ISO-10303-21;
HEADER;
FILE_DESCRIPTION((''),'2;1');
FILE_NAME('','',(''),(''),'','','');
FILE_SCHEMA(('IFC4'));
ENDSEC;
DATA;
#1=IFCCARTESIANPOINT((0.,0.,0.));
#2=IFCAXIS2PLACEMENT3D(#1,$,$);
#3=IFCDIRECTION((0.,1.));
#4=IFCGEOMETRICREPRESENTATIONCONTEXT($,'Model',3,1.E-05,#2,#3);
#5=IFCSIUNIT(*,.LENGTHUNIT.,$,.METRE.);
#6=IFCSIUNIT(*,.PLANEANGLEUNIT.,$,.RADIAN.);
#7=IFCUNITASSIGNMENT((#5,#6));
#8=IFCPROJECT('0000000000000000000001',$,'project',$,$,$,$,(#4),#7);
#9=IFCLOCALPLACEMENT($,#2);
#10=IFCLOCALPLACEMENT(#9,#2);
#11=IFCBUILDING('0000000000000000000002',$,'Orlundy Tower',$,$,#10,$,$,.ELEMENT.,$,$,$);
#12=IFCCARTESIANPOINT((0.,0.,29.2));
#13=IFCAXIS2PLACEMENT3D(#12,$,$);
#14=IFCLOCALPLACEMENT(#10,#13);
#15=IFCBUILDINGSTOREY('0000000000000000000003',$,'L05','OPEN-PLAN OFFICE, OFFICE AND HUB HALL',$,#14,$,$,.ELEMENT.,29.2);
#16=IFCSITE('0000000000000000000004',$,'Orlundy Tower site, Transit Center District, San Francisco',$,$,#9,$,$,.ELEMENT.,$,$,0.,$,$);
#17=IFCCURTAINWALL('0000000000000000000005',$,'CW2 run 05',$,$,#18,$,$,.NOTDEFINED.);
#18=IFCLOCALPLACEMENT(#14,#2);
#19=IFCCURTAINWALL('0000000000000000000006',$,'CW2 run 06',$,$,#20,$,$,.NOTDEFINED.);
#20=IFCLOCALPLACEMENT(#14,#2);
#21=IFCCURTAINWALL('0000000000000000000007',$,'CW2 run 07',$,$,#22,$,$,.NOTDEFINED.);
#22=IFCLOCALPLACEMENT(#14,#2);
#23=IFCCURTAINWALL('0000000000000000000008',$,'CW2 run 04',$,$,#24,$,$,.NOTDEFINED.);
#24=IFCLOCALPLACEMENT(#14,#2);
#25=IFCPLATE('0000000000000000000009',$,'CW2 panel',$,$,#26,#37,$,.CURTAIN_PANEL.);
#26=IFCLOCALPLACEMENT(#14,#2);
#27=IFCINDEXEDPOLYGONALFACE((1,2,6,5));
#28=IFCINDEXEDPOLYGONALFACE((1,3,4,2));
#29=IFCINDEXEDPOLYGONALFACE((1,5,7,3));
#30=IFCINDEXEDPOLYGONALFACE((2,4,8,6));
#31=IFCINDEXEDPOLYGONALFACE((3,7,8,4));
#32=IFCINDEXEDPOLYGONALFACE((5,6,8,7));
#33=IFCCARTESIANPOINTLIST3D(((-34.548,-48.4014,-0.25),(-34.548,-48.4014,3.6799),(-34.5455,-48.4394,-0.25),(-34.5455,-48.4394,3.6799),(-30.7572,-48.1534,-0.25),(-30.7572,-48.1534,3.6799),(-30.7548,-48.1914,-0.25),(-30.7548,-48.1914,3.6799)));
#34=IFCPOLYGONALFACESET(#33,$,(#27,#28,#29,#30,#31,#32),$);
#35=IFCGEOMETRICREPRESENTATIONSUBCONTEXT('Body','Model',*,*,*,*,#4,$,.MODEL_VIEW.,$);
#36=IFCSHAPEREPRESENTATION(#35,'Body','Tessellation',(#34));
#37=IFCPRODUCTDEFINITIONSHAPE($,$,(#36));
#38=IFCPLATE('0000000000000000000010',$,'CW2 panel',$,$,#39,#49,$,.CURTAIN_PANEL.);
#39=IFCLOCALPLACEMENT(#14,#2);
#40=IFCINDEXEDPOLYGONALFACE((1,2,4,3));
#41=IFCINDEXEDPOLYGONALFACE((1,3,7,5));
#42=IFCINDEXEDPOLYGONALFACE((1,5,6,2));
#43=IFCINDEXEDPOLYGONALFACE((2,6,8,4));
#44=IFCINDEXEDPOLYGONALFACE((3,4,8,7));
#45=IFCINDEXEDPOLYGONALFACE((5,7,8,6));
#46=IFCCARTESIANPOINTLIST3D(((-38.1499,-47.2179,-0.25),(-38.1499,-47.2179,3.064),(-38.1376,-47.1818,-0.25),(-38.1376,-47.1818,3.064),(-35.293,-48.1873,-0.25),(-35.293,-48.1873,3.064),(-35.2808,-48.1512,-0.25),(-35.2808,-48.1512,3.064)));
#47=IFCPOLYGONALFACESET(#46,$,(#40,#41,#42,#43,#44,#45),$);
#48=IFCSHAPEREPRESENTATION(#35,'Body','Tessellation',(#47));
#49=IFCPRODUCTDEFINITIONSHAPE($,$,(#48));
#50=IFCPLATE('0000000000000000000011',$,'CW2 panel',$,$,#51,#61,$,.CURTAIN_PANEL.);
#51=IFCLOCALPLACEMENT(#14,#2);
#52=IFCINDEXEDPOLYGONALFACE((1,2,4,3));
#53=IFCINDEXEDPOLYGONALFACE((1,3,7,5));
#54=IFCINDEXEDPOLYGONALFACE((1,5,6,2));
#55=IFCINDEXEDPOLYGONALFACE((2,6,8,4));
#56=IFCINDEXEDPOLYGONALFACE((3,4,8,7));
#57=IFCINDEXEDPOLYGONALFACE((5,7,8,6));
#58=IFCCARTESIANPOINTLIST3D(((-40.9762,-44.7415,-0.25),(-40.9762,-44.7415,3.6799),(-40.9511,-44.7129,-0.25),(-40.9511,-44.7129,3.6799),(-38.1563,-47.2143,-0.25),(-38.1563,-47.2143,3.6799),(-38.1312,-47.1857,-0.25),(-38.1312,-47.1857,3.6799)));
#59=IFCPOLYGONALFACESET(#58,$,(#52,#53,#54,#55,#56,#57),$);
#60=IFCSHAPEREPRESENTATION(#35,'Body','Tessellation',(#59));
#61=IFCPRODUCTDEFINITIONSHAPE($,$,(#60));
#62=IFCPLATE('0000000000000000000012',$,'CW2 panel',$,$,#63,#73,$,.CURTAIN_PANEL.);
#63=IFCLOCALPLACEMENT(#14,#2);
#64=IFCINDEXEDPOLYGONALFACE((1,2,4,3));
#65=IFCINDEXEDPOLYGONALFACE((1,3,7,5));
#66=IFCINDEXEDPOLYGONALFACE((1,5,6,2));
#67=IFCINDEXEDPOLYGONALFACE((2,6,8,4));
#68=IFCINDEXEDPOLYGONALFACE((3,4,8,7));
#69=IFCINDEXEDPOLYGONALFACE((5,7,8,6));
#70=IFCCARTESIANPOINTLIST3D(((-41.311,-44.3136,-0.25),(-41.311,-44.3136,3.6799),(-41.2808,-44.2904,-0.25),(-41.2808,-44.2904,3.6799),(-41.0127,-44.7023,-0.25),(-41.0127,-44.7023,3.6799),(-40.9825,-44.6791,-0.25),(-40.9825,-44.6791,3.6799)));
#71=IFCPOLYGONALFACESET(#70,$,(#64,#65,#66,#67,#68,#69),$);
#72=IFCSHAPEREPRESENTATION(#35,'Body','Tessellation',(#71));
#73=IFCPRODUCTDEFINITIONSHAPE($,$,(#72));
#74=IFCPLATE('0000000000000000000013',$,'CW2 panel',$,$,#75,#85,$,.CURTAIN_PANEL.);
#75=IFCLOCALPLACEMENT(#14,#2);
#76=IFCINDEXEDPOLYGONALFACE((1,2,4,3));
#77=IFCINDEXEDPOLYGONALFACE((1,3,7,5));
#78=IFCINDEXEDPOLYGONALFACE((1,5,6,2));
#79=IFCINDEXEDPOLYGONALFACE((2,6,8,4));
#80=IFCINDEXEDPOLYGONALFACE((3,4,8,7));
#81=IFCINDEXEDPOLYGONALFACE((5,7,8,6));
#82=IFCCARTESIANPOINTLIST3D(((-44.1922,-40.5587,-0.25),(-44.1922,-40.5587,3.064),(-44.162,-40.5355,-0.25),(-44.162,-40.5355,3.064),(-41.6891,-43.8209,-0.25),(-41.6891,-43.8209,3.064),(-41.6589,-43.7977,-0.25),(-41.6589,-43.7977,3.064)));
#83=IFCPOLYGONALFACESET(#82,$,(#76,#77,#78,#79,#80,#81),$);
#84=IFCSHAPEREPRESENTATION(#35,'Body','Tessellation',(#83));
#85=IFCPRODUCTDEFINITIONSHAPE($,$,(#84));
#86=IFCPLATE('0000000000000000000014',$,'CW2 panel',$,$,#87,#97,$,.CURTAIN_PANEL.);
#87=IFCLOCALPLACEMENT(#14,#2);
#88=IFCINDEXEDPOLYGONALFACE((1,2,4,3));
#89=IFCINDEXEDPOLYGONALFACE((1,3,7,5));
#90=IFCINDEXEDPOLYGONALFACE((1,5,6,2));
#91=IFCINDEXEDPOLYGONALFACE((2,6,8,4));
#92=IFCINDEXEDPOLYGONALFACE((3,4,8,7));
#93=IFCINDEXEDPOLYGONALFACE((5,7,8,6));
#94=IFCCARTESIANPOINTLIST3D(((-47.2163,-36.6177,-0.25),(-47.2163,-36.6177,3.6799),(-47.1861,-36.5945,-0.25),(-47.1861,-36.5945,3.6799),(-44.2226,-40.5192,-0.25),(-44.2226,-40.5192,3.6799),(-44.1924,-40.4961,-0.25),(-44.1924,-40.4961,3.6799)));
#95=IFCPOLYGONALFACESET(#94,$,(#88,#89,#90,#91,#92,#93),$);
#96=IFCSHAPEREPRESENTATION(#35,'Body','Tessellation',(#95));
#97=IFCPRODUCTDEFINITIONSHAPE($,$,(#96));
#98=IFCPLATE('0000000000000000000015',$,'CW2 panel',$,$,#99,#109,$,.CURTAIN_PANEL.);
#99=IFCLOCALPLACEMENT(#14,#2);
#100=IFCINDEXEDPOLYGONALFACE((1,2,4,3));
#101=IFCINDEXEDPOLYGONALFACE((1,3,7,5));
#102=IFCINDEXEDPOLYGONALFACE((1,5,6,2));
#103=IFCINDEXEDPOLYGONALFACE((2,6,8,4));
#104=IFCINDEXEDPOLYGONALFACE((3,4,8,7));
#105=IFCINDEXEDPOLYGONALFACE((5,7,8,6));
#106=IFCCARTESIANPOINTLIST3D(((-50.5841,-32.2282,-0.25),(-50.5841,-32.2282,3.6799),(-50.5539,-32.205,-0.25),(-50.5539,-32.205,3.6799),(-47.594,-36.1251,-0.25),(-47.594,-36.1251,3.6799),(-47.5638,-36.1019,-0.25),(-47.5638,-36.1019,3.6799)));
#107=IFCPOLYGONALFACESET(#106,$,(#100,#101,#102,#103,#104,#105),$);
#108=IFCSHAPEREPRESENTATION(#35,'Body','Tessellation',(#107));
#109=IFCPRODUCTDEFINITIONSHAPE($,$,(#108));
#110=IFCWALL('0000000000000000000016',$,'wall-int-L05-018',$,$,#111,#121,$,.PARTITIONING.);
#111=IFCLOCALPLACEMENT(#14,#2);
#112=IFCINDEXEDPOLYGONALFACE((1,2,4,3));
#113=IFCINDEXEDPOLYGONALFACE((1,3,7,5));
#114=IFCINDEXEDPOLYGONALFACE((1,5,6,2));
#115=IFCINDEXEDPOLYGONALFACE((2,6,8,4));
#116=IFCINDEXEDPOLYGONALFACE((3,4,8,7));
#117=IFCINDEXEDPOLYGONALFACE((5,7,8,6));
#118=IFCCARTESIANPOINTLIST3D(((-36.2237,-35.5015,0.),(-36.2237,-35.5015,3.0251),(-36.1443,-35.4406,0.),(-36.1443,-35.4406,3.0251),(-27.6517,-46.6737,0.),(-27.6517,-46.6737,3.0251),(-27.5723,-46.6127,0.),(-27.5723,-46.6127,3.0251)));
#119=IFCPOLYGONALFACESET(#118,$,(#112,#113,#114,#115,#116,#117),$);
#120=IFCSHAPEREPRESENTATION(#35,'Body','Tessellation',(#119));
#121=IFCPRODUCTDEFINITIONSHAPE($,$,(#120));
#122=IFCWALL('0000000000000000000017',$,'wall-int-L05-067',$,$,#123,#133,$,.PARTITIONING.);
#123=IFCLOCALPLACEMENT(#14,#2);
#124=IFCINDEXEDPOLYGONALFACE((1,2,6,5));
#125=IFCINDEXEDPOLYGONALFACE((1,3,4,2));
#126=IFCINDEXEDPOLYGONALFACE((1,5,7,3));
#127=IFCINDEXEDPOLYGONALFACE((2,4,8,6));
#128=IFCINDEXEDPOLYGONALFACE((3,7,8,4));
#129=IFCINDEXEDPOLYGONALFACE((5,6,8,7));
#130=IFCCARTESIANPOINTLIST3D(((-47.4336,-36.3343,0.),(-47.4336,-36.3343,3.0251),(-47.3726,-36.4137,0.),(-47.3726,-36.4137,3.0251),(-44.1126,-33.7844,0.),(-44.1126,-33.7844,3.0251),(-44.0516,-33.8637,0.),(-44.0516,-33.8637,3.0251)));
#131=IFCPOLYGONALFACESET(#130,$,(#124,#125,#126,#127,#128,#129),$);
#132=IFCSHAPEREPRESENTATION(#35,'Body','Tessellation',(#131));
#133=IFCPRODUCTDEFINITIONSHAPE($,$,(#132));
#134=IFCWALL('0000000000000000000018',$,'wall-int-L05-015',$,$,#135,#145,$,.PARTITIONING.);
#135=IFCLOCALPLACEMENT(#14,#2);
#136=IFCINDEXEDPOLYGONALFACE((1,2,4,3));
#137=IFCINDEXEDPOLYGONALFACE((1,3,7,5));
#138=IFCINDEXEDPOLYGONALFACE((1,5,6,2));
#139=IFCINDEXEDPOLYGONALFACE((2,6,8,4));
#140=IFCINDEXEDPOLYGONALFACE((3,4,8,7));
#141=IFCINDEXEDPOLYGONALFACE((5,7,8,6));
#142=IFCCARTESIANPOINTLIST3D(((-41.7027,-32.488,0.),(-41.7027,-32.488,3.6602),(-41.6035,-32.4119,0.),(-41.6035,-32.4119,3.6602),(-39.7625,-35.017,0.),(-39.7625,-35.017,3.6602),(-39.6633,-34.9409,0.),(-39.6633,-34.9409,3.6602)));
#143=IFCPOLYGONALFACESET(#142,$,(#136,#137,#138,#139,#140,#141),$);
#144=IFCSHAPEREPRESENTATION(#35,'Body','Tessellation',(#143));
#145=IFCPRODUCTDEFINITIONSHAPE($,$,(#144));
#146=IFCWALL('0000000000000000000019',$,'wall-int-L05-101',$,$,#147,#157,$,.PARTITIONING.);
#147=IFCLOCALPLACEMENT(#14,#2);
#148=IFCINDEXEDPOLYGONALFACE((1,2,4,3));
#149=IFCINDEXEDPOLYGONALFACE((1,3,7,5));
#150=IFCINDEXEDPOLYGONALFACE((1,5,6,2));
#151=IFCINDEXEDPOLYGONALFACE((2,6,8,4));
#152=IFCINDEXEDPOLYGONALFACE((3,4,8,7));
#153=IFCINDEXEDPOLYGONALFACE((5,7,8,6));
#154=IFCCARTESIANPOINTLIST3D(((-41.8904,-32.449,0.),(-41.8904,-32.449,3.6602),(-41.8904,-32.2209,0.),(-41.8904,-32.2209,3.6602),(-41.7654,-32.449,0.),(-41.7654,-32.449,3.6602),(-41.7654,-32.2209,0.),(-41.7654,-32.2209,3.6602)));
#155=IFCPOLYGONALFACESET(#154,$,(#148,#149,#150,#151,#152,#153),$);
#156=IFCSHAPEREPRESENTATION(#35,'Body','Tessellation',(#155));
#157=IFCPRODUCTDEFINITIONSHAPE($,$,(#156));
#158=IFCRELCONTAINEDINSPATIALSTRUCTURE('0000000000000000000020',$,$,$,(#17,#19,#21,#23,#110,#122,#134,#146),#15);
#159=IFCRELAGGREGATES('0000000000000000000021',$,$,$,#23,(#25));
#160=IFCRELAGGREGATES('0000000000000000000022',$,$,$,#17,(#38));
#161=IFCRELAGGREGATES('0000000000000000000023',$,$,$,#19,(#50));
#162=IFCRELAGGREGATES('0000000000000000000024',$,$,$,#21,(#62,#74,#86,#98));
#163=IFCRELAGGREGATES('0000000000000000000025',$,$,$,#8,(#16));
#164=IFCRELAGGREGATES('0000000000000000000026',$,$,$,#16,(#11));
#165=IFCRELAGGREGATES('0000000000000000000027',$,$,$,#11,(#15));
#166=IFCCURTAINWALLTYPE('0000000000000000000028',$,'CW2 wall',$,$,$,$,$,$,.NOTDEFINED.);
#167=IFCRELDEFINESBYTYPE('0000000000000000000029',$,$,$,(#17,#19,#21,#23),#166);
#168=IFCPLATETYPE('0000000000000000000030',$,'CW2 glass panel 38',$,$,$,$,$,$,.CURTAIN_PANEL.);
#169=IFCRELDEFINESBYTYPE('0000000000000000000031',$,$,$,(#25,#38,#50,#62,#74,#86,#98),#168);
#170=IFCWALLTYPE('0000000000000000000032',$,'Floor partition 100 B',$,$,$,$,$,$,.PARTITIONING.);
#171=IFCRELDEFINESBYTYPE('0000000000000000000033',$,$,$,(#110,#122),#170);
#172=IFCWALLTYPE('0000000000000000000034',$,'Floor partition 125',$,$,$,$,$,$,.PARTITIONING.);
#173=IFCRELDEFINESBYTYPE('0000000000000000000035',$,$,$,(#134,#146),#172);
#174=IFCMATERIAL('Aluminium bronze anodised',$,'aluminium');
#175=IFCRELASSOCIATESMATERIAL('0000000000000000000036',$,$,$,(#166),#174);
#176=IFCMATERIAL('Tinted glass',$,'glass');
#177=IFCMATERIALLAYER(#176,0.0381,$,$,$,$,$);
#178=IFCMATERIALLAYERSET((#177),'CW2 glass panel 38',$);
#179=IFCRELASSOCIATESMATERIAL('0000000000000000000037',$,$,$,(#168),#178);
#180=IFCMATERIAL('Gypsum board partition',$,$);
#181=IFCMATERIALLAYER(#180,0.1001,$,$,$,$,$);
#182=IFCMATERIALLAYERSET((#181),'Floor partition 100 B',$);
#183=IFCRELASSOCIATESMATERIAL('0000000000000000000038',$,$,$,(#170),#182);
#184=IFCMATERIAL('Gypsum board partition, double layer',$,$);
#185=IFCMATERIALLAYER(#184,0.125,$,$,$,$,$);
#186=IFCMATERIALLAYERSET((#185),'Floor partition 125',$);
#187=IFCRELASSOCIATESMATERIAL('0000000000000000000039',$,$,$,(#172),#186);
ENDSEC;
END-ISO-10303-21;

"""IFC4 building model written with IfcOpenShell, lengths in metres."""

from ifc_helpers import new_model, si_unit, direction, frame, frame_2d, origin, origin_2d, place, context, subcontext, project, spatial, rectangle, extrude, material, layer, layer_set, type_object, element, aggregate, save


model = new_model("IFC4")

# Units and contexts
model_context = context("Model", 3, precision=1e-05, world=origin(), true_north=direction((0.0, 1.0)))
body_context = subcontext(model_context, "Body", "Model", "MODEL_VIEW")
ifc_project = project(units=[si_unit("LENGTHUNIT", "METRE"), si_unit("PLANEANGLEUNIT", "RADIAN")], contexts=[model_context])

# Site, building, storey
site_placement = place(None, origin())
site = spatial("IfcSite", under=ifc_project, at=site_placement, Name="Orlundy Tower site, Transit Center District, San Francisco", CompositionType="ELEMENT", RefElevation=0.0)
building_placement = place(site_placement, origin())
building = spatial("IfcBuilding", under=site, at=building_placement, Name="Orlundy Tower", CompositionType="ELEMENT")
storey_placement = place(building_placement, frame((0.0, 0.0, 29.2)))
storey = spatial("IfcBuildingStorey", under=building, at=storey_placement, Name="L05", Description="OPEN-PLAN OFFICE, OFFICE AND HUB HALL", CompositionType="ELEMENT", Elevation=29.2)

# Curtain walls
ifc_material_1 = material(Name="Aluminium bronze anodised", Category="aluminium")
curtain_wall_type = type_object("IfcCurtainWallType", Name="CW2 wall", PredefinedType="NOTDEFINED", material=ifc_material_1)
curtain_wall_1_placement = place(storey_placement, origin())
curtain_wall_1 = element("IfcCurtainWall", 1, at=curtain_wall_1_placement, inside=storey, type_object=curtain_wall_type, Name="CW2 run 05", PredefinedType="NOTDEFINED")
curtain_wall_2_placement = place(storey_placement, origin())
curtain_wall_2 = element("IfcCurtainWall", 2, at=curtain_wall_2_placement, inside=storey, type_object=curtain_wall_type, Name="CW2 run 06", PredefinedType="NOTDEFINED")

# Curtain wall
curtain_wall_3_placement = place(storey_placement, origin())
curtain_wall_3 = element("IfcCurtainWall", 3, at=curtain_wall_3_placement, inside=storey, type_object=curtain_wall_type, Name="CW2 run 07", PredefinedType="NOTDEFINED")

# Curtain wall, plate
curtain_wall_4_placement = place(storey_placement, origin())
curtain_wall_4 = element("IfcCurtainWall", 4, at=curtain_wall_4_placement, inside=storey, type_object=curtain_wall_type, Name="CW2 run 04", PredefinedType="NOTDEFINED")
ifc_material_2 = material(Name="Tinted glass", Category="glass")
ifc_layer_1 = layer(ifc_material_2, 0.0381)
ifc_layer_set_1 = layer_set([ifc_layer_1], Name="CW2 glass panel 38")
plate_type = type_object("IfcPlateType", Name="CW2 glass panel 38", PredefinedType="CURTAIN_PANEL", material=ifc_layer_set_1)
plate_1_placement = place(storey_placement, frame((-32.6514, -48.2964, -0.25), z_axis=(0.0, 0.0, 1.0), x_axis=(-0.997867, -0.065284, 0.0)))
plate_1 = element("IfcPlate", 5, at=plate_1_placement, type_object=plate_type, Name="CW2 panel", PredefinedType="CURTAIN_PANEL", context=body_context, shape_type="SweptSolid", body=[
    extrude(rectangle(XDim=3.7988, YDim=0.0381, at=origin_2d()), origin(), (0.0, 0.0, 1.0), 3.9299),
])
aggregate(curtain_wall_4, [plate_1])

# Plates
plate_2_placement = place(storey_placement, frame((-36.7153, -47.6846, -0.25), z_axis=(0.0, 0.0, 1.0), x_axis=(-0.94697, 0.321322, 0.0)))
plate_2 = element("IfcPlate", 6, at=plate_2_placement, type_object=plate_type, Name="CW2 panel", PredefinedType="CURTAIN_PANEL", context=body_context, shape_type="SweptSolid", body=[
    extrude(rectangle(XDim=3.0168, YDim=0.0381, at=origin_2d()), origin(), (0.0, 0.0, 1.0), 3.314),
])
aggregate(curtain_wall_1, [plate_2])
plate_3_placement = place(storey_placement, frame((-39.5537, -45.9636, -0.25), z_axis=(0.0, 0.0, 1.0), x_axis=(-0.751858, 0.659325, 0.0)))
plate_3 = element("IfcPlate", 7, at=plate_3_placement, type_object=plate_type, Name="CW2 panel", PredefinedType="CURTAIN_PANEL", context=body_context, shape_type="SweptSolid", body=[
    extrude(rectangle(XDim=3.7505, YDim=0.0381, at=origin_2d()), origin(), (0.0, 0.0, 1.0), 3.9299),
])
aggregate(curtain_wall_2, [plate_3])
plate_4_placement = place(storey_placement, frame((-41.1467, -44.4963, -0.25), z_axis=(0.0, 0.0, 1.0), x_axis=(-0.608748, 0.793363, 0.0)))
plate_4 = element("IfcPlate", 8, at=plate_4_placement, type_object=plate_type, Name="CW2 panel", PredefinedType="CURTAIN_PANEL", context=body_context, shape_type="SweptSolid", body=[
    extrude(rectangle(XDim=0.49, YDim=0.0381, at=origin_2d()), origin(), (0.0, 0.0, 1.0), 3.9299),
])
plate_5_placement = place(storey_placement, frame((-42.9255, -42.1782, -0.25), z_axis=(0.0, 0.0, 1.0), x_axis=(-0.608748, 0.793363, 0.0)))
plate_5 = element("IfcPlate", 9, at=plate_5_placement, type_object=plate_type, Name="CW2 panel", PredefinedType="CURTAIN_PANEL", context=body_context, shape_type="SweptSolid", body=[
    extrude(rectangle(XDim=4.1118, YDim=0.0381, at=origin_2d()), origin(), (0.0, 0.0, 1.0), 3.314),
])
plate_6_placement = place(storey_placement, frame((-45.7043, -38.5569, -0.25), z_axis=(0.0, 0.0, 1.0), x_axis=(-0.608748, 0.793363, 0.0)))
plate_6 = element("IfcPlate", 10, at=plate_6_placement, type_object=plate_type, Name="CW2 panel", PredefinedType="CURTAIN_PANEL", context=body_context, shape_type="SweptSolid", body=[
    extrude(rectangle(XDim=4.9177, YDim=0.0381, at=origin_2d()), origin(), (0.0, 0.0, 1.0), 3.9299),
])
plate_7_placement = place(storey_placement, frame((-49.074, -34.165, -0.25), z_axis=(0.0, 0.0, 1.0), x_axis=(-0.608748, 0.793363, 0.0)))
plate_7 = element("IfcPlate", 11, at=plate_7_placement, type_object=plate_type, Name="CW2 panel", PredefinedType="CURTAIN_PANEL", context=body_context, shape_type="SweptSolid", body=[
    extrude(rectangle(XDim=4.9119, YDim=0.0381, at=origin_2d()), origin(), (0.0, 0.0, 1.0), 3.9299),
])
aggregate(curtain_wall_3, [plate_4, plate_5, plate_6, plate_7])

# Walls
ifc_material_3 = material(Name="Gypsum board partition")
ifc_layer_2 = layer(ifc_material_3, 0.1001)
ifc_layer_set_2 = layer_set([ifc_layer_2], Name="Floor partition 100 B")
wall_type_1 = type_object("IfcWallType", Name="Floor partition 100 B", PredefinedType="PARTITIONING", material=ifc_layer_set_2)
wall_1_placement = place(storey_placement, frame((-36.1841, -35.4709, 0.0), z_axis=(0.0, 0.0, 1.0), x_axis=(0.608733, -0.793376, 0.0)))
element("IfcWall", 12, at=wall_1_placement, inside=storey, type_object=wall_type_1, Name="wall-int-L05-018", PredefinedType="PARTITIONING", context=body_context, shape_type="SweptSolid", body=[
    extrude(rectangle(XDim=14.0818, YDim=0.1001, at=frame_2d((7.041, 0.0))), origin(), (0.0, 0.0, 1.0), 3.0251),
])
wall_2_placement = place(storey_placement, frame((-47.4031, -36.374, 0.0), z_axis=(0.0, 0.0, 1.0), x_axis=(0.793155, 0.60902, 0.0)))
element("IfcWall", 13, at=wall_2_placement, inside=storey, type_object=wall_type_1, Name="wall-int-L05-067", PredefinedType="PARTITIONING", context=body_context, shape_type="SweptSolid", body=[
    extrude(rectangle(XDim=4.187, YDim=0.1001, at=frame_2d((2.0935, 0.0))), origin(), (0.0, 0.0, 1.0), 3.0251),
])
ifc_material_4 = material(Name="Gypsum board partition, double layer")
ifc_layer_3 = layer(ifc_material_4, 0.125)
ifc_layer_set_3 = layer_set([ifc_layer_3], Name="Floor partition 125")
wall_type_2 = type_object("IfcWallType", Name="Floor partition 125", PredefinedType="PARTITIONING", material=ifc_layer_set_3)
wall_3_placement = place(storey_placement, frame((-41.6531, -32.45, 0.0), z_axis=(0.0, 0.0, 1.0), x_axis=(0.608678, -0.793418, 0.0)))
element("IfcWall", 14, at=wall_3_placement, inside=storey, type_object=wall_type_2, Name="wall-int-L05-015", PredefinedType="PARTITIONING", context=body_context, shape_type="SweptSolid", body=[
    extrude(rectangle(XDim=3.1875, YDim=0.125, at=frame_2d((1.5938, 0.0))), origin(), (0.0, 0.0, 1.0), 3.6602),
])
wall_4_placement = place(storey_placement, frame((-41.8279, -32.449, 0.0), z_axis=(0.0, 0.0, 1.0), x_axis=(0.0, 1.0, 0.0)))
element("IfcWall", 15, at=wall_4_placement, inside=storey, type_object=wall_type_2, Name="wall-int-L05-101", PredefinedType="PARTITIONING", context=body_context, shape_type="SweptSolid", body=[
    extrude(rectangle(XDim=0.228, YDim=0.125, at=frame_2d((0.114, 0.0))), origin(), (0.0, 0.0, 1.0), 3.6602),
])

save(model, "model.ifc")
